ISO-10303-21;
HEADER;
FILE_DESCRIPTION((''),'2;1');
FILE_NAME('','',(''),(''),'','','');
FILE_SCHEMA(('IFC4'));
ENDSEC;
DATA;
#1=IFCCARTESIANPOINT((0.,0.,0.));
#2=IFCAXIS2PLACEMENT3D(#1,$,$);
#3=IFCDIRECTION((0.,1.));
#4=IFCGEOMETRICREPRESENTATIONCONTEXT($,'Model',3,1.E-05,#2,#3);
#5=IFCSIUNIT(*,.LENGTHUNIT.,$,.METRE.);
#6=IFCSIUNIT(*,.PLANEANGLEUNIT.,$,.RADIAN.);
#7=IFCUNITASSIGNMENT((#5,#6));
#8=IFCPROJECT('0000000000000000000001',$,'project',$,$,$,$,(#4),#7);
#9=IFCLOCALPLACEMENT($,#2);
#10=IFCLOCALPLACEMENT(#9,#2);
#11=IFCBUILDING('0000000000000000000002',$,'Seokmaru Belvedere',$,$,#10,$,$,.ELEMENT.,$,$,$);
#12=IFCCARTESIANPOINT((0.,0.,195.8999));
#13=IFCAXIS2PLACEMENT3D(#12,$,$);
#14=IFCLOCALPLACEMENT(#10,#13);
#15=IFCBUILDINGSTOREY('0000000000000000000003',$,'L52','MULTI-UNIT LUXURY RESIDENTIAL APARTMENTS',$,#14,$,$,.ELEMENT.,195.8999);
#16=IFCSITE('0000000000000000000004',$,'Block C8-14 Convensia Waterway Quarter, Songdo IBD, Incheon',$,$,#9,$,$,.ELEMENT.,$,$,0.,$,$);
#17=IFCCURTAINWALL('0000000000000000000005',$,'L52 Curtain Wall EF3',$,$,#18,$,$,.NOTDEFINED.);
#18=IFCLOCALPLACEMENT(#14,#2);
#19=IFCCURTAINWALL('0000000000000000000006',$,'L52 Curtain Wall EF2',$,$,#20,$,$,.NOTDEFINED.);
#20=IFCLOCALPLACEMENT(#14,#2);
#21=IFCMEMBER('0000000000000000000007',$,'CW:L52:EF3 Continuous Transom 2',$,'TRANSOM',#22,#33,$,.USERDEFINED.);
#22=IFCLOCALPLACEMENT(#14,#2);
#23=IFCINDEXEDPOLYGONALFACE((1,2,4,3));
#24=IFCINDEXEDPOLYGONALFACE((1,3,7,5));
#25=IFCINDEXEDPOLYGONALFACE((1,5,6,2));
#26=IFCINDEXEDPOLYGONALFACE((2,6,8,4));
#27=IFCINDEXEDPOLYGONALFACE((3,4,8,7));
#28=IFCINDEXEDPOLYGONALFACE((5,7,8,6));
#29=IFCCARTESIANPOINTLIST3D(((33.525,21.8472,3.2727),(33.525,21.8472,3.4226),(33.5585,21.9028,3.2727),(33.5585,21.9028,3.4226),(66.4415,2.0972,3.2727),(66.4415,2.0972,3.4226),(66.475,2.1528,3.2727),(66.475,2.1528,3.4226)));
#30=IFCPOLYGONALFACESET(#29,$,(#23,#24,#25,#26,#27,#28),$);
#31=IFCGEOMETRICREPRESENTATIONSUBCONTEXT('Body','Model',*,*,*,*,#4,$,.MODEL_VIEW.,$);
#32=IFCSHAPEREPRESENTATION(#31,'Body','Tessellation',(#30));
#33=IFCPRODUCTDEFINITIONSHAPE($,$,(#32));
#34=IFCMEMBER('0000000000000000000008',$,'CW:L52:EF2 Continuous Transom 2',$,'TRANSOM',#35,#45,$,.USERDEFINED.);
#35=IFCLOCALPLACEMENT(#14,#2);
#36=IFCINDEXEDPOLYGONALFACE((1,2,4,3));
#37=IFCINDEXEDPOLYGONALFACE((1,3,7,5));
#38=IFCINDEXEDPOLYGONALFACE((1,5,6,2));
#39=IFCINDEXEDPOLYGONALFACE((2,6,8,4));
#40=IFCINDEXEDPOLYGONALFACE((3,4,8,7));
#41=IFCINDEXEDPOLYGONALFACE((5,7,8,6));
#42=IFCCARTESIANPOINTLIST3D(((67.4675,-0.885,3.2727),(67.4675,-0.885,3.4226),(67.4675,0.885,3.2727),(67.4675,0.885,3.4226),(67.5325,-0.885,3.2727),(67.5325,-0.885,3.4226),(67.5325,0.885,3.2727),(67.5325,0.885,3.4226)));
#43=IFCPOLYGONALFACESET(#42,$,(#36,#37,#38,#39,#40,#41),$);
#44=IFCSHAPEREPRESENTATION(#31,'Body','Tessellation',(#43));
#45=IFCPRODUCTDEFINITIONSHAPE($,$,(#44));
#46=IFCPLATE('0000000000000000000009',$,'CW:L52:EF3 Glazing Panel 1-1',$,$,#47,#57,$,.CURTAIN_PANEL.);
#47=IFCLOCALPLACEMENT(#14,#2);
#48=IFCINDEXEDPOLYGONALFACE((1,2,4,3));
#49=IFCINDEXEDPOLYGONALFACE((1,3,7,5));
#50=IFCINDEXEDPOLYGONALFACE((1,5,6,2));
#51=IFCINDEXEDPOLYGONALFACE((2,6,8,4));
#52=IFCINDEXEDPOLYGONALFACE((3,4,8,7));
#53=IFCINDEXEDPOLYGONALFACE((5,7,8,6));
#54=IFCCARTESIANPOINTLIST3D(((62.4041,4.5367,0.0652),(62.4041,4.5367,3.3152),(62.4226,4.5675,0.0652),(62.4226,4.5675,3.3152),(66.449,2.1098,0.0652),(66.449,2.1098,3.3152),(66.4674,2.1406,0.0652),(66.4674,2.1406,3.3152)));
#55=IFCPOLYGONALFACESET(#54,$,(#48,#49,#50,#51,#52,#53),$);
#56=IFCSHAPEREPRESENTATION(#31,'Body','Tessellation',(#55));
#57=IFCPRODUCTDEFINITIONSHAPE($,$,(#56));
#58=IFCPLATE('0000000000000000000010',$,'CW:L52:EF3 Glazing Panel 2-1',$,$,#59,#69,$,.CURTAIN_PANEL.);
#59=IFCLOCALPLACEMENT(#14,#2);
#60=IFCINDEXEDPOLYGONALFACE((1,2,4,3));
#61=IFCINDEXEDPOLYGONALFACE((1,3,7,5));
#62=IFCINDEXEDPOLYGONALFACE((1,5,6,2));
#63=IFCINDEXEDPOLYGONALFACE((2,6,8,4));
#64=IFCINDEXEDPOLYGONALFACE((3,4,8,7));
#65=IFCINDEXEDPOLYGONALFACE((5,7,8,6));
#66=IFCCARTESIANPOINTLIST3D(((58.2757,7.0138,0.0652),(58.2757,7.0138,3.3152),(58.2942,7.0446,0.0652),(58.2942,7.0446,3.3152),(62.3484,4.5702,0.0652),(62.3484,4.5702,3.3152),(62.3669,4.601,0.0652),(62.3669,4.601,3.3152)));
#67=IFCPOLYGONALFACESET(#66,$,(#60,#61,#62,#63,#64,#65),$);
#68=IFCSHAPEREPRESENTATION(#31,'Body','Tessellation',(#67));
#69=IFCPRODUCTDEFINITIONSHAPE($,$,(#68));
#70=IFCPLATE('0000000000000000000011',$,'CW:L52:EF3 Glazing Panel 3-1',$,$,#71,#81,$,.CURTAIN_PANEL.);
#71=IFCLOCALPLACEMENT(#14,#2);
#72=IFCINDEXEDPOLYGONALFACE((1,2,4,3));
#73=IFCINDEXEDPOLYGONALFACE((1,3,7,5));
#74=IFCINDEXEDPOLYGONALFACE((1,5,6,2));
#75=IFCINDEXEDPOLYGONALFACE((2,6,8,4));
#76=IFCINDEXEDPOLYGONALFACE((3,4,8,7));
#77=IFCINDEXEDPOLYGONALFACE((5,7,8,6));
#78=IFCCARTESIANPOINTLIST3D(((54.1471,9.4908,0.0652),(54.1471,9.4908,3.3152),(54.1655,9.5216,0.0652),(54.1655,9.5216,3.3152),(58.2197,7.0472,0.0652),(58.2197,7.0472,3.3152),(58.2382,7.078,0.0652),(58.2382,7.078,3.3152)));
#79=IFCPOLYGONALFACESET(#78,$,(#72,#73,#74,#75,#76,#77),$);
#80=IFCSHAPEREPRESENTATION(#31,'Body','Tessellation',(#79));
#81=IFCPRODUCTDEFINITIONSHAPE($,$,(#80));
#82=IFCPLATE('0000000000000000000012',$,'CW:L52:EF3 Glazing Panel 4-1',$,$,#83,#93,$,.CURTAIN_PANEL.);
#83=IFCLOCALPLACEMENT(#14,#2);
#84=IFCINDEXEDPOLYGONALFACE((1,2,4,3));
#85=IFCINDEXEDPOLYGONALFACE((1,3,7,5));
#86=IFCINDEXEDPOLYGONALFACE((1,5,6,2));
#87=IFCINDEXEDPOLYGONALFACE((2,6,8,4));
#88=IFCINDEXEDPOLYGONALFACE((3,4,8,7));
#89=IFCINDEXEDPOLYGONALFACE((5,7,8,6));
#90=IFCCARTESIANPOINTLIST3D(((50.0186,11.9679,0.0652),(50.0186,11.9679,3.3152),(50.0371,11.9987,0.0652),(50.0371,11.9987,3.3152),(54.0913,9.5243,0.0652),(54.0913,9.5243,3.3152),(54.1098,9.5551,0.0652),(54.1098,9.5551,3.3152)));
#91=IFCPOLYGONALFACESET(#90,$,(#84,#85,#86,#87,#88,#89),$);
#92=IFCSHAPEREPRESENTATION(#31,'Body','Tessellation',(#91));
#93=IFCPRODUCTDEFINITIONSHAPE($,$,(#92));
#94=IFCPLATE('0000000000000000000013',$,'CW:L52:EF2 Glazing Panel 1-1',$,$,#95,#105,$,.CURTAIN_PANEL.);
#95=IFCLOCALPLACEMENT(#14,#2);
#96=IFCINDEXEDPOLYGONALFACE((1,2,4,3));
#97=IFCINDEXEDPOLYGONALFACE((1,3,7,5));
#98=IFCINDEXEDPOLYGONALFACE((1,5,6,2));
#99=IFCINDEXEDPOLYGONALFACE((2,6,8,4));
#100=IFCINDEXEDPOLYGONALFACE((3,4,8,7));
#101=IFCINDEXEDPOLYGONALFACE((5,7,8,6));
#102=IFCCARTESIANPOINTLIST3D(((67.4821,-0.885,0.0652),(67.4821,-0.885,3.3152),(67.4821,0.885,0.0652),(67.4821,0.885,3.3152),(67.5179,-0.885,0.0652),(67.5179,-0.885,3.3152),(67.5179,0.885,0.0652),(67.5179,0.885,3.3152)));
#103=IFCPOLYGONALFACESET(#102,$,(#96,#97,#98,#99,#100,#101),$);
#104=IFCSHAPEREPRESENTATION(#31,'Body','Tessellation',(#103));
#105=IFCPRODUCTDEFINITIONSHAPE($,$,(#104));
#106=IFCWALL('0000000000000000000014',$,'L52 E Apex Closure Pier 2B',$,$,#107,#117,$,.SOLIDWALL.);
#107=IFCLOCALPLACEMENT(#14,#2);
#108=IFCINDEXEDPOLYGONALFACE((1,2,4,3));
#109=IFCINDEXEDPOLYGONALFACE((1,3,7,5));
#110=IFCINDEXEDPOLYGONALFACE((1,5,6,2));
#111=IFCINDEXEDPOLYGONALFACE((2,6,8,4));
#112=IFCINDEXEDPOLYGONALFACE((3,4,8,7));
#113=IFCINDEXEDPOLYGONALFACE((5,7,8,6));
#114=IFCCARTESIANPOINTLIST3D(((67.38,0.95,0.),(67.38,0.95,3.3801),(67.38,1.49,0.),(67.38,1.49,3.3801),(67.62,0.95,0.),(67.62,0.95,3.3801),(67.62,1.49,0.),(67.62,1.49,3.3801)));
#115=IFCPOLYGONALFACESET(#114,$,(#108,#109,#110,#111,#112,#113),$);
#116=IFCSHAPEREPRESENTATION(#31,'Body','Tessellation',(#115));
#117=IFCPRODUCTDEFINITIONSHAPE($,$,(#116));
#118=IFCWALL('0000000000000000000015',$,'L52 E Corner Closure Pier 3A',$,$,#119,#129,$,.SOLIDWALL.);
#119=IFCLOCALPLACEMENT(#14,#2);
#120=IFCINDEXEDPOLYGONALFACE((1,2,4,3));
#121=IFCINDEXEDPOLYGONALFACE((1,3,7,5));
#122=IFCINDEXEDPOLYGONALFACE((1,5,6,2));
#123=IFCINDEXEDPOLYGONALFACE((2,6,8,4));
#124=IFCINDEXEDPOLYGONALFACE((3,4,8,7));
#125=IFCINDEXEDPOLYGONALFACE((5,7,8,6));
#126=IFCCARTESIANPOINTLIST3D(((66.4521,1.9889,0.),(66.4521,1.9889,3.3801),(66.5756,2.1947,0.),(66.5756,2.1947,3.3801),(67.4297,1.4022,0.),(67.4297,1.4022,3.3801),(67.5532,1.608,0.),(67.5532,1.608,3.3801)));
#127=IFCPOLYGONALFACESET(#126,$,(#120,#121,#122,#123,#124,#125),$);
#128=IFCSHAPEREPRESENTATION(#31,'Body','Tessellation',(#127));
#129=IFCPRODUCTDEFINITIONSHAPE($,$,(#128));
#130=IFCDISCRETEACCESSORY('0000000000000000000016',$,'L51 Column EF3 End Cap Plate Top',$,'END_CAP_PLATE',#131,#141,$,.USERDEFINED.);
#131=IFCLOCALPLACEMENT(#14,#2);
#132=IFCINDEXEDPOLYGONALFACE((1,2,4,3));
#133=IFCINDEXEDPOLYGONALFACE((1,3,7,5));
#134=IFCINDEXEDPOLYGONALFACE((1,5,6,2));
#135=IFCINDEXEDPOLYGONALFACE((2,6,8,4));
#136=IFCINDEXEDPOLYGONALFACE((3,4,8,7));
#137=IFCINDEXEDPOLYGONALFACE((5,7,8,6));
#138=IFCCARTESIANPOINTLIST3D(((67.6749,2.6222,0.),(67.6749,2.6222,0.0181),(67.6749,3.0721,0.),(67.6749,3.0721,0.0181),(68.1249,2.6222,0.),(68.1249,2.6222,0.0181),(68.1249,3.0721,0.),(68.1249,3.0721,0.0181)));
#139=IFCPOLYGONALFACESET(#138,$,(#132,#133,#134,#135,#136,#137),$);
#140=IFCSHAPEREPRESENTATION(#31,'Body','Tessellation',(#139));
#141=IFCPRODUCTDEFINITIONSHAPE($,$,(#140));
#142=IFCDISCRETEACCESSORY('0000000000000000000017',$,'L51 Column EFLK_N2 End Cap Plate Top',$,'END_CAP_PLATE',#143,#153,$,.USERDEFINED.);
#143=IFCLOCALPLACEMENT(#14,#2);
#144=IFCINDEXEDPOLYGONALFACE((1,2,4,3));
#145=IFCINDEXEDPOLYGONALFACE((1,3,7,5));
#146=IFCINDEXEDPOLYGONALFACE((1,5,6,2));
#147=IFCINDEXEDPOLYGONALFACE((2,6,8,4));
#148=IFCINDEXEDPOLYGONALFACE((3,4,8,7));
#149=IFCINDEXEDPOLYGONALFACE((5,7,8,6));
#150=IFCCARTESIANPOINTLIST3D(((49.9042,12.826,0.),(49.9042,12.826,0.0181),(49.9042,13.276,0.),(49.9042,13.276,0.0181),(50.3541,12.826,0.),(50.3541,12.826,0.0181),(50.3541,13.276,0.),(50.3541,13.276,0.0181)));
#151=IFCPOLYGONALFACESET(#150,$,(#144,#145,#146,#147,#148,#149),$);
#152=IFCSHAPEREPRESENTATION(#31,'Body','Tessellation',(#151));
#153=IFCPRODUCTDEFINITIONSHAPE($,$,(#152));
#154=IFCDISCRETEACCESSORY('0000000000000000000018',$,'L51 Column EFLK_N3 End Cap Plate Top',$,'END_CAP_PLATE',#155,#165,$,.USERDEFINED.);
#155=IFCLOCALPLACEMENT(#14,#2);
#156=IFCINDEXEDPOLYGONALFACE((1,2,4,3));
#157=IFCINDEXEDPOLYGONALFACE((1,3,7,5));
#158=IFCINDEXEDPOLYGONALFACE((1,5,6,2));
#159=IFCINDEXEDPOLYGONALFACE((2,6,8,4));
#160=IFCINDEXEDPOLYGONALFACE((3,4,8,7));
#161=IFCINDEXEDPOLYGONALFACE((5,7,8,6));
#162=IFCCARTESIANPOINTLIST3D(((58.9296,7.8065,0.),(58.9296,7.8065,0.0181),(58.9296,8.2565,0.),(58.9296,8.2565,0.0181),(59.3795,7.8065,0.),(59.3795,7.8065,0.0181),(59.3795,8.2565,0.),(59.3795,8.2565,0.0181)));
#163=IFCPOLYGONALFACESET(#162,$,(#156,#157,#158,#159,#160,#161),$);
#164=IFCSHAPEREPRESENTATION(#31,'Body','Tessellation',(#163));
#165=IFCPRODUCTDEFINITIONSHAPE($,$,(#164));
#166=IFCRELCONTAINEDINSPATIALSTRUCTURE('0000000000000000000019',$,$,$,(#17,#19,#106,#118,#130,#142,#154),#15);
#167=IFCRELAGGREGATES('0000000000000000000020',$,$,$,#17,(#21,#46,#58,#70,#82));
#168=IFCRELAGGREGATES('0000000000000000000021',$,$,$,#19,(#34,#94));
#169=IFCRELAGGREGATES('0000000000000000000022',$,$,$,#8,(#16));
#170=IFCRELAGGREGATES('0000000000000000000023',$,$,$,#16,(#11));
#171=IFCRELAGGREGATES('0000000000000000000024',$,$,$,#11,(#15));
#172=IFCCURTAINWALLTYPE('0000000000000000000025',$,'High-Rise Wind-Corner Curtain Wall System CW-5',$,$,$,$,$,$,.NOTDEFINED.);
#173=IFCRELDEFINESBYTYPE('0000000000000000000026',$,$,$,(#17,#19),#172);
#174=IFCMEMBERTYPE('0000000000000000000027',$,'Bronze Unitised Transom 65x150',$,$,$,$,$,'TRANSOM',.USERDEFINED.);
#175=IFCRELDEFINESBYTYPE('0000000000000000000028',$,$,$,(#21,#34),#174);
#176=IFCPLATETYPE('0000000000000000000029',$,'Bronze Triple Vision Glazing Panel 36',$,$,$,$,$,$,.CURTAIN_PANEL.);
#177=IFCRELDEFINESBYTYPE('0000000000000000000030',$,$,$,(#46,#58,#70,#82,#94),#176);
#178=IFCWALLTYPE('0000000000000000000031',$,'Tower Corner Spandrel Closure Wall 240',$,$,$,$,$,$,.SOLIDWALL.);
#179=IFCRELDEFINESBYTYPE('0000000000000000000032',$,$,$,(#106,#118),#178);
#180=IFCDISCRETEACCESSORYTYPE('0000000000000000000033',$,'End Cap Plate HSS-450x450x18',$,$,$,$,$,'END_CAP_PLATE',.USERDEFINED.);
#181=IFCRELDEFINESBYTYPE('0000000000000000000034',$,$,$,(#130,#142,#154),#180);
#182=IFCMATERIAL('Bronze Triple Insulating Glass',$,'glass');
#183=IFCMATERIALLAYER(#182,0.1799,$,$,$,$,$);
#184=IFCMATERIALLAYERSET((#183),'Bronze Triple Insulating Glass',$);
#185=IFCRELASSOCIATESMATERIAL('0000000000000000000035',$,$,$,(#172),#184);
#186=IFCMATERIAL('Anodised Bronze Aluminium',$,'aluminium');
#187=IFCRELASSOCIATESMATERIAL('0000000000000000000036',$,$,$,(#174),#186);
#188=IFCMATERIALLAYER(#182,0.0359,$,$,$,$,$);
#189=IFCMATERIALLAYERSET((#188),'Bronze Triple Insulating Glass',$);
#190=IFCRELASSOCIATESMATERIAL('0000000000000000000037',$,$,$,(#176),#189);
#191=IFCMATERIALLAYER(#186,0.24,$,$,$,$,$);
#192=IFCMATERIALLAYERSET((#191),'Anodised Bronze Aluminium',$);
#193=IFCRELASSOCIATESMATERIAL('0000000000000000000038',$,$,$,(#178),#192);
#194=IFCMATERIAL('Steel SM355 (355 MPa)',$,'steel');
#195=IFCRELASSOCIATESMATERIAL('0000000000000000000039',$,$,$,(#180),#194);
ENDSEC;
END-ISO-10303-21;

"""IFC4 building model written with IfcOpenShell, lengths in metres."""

from ifc_helpers import new_model, si_unit, direction, frame, frame_2d, origin, origin_2d, place, context, subcontext, project, spatial, rectangle, extrude, source, transform, mapped, material, layer, layer_set, material_profile, profile_set, type_object, type_shapes, element, aggregate, save


model = new_model("IFC4")

# Units and contexts
model_context = context("Model", 3, precision=1e-05, world=origin(), true_north=direction((0.0, 1.0)))
body_context = subcontext(model_context, "Body", "Model", "MODEL_VIEW")
ifc_project = project(units=[si_unit("LENGTHUNIT", "METRE"), si_unit("PLANEANGLEUNIT", "RADIAN")], contexts=[model_context])

# Site, building, storey
site_placement = place(None, origin())
site = spatial("IfcSite", under=ifc_project, at=site_placement, Name="Block C8-14 Convensia Waterway Quarter, Songdo IBD, Incheon", CompositionType="ELEMENT", RefElevation=0.0)
building_placement = place(site_placement, origin())
building = spatial("IfcBuilding", under=site, at=building_placement, Name="Seokmaru Belvedere", CompositionType="ELEMENT")
storey_placement = place(building_placement, frame((0.0, 0.0, 195.8999)))
storey = spatial("IfcBuildingStorey", under=building, at=storey_placement, Name="L52", Description="MULTI-UNIT LUXURY RESIDENTIAL APARTMENTS", CompositionType="ELEMENT", Elevation=195.8999)

# Shared definitions
ifc_material_1 = material(Name="Steel SM355 (355 MPa)", Category="steel")

# Curtain wall
ifc_material_2 = material(Name="Bronze Triple Insulating Glass", Category="glass")
ifc_layer_1 = layer(ifc_material_2, 0.1799)
ifc_layer_set_1 = layer_set([ifc_layer_1], Name="Bronze Triple Insulating Glass")
curtain_wall_type = type_object("IfcCurtainWallType", Name="High-Rise Wind-Corner Curtain Wall System CW-5", PredefinedType="NOTDEFINED", material=ifc_layer_set_1)
curtain_wall_1_placement = place(storey_placement, origin())
curtain_wall_1 = element("IfcCurtainWall", 1, at=curtain_wall_1_placement, inside=storey, type_object=curtain_wall_type, Name="L52 Curtain Wall EF3", PredefinedType="NOTDEFINED")
ifc_material_3 = material(Name="Anodised Bronze Aluminium", Category="aluminium")

# Curtain wall
curtain_wall_2_placement = place(storey_placement, origin())
curtain_wall_2 = element("IfcCurtainWall", 2, at=curtain_wall_2_placement, inside=storey, type_object=curtain_wall_type, Name="L52 Curtain Wall EF2", PredefinedType="NOTDEFINED")

# Members
ifc_material_profile_1 = material_profile(ifc_material_3, rectangle(XDim=0.0649, YDim=0.1499, at=origin_2d()), Name="CW-T-65x150")
ifc_profile_set_1 = profile_set([ifc_material_profile_1], Name="Anodised Bronze Aluminium")
member_type_1 = type_object("IfcMemberType", Name="Bronze Unitised Transom 65x150", ElementType="TRANSOM", PredefinedType="USERDEFINED", material=ifc_profile_set_1)
shared_shape_1 = source(origin(), body_context, "Body", "SweptSolid", [
    extrude(rectangle(XDim=0.0649, YDim=0.1499, at=origin_2d()), origin(), (0.0, 0.0, 1.0), 38.387),
])
member_1_placement = place(storey_placement, frame((66.4583, 2.125, 3.3477), z_axis=(-0.857492, 0.514498, 0.0), x_axis=(-0.514498, -0.857492, 0.0)))
member_1 = element("IfcMember", 3, at=member_1_placement, type_object=member_type_1, Name="CW:L52:EF3 Continuous Transom 2", ObjectType="TRANSOM", PredefinedType="USERDEFINED", context=body_context, shape_type="MappedRepresentation", body=[
    mapped(shared_shape_1, transform((0.0, 0.0, 0.0), scale=1.0)),
])
shared_shape_2 = source(origin(), body_context, "Body", "SweptSolid", [
    extrude(rectangle(XDim=0.0649, YDim=0.1499, at=origin_2d()), origin(), (0.0, 0.0, 1.0), 1.77),
])
type_shapes(member_type_1, [shared_shape_1, shared_shape_2])
member_2_placement = place(storey_placement, frame((67.5, -0.885, 3.3477), z_axis=(0.0, 1.0, 0.0), x_axis=(-1.0, 0.0, 0.0)))
member_2 = element("IfcMember", 4, at=member_2_placement, type_object=member_type_1, Name="CW:L52:EF2 Continuous Transom 2", ObjectType="TRANSOM", PredefinedType="USERDEFINED", context=body_context, shape_type="MappedRepresentation", body=[
    mapped(shared_shape_2, transform((0.0, 0.0, 0.0), scale=1.0)),
])

# Plates
ifc_layer_2 = layer(ifc_material_2, 0.0359)
ifc_layer_set_2 = layer_set([ifc_layer_2], Name="Bronze Triple Insulating Glass")
plate_type = type_object("IfcPlateType", Name="Bronze Triple Vision Glazing Panel 36", PredefinedType="CURTAIN_PANEL", material=ifc_layer_set_2)
shared_shape_3 = source(origin(), body_context, "Body", "SweptSolid", [
    extrude(rectangle(XDim=4.717, YDim=0.0359, at=origin_2d()), origin(), (0.0, 0.0, 1.0), 3.25),
])
plate_1_placement = place(storey_placement, frame((64.4358, 3.3386, 0.0652), z_axis=(0.0, 0.0, 1.0), x_axis=(-0.857493, 0.514495, 0.0)))
plate_1 = element("IfcPlate", 5, at=plate_1_placement, type_object=plate_type, Name="CW:L52:EF3 Glazing Panel 1-1", PredefinedType="CURTAIN_PANEL", context=body_context, shape_type="MappedRepresentation", body=[
    mapped(shared_shape_3, transform((0.0, 0.0, 0.0), scale=1.0)),
])
shared_shape_4 = source(origin(), body_context, "Body", "SweptSolid", [
    extrude(rectangle(XDim=4.7495, YDim=0.0359, at=origin_2d()), origin(), (0.0, 0.0, 1.0), 3.25),
])
plate_2_placement = place(storey_placement, frame((60.3213, 5.8074, 0.0652), z_axis=(0.0, 0.0, 1.0), x_axis=(-0.857493, 0.514495, 0.0)))
plate_2 = element("IfcPlate", 6, at=plate_2_placement, type_object=plate_type, Name="CW:L52:EF3 Glazing Panel 2-1", PredefinedType="CURTAIN_PANEL", context=body_context, shape_type="MappedRepresentation", body=[
    mapped(shared_shape_4, transform((0.0, 0.0, 0.0), scale=1.0)),
])
plate_3_placement = place(storey_placement, frame((56.1926, 8.2844, 0.0652), z_axis=(0.0, 0.0, 1.0), x_axis=(-0.857493, 0.514495, 0.0)))
plate_3 = element("IfcPlate", 7, at=plate_3_placement, type_object=plate_type, Name="CW:L52:EF3 Glazing Panel 3-1", PredefinedType="CURTAIN_PANEL", context=body_context, shape_type="MappedRepresentation", body=[
    mapped(shared_shape_4, transform((0.0, 0.0, 0.0), scale=1.0)),
])
plate_4_placement = place(storey_placement, frame((52.0642, 10.7615, 0.0652), z_axis=(0.0, 0.0, 1.0), x_axis=(-0.857493, 0.514495, 0.0)))
plate_4 = element("IfcPlate", 8, at=plate_4_placement, type_object=plate_type, Name="CW:L52:EF3 Glazing Panel 4-1", PredefinedType="CURTAIN_PANEL", context=body_context, shape_type="MappedRepresentation", body=[
    mapped(shared_shape_4, transform((0.0, 0.0, 0.0), scale=1.0)),
])
aggregate(curtain_wall_1, [member_1, plate_1, plate_2, plate_3, plate_4])
shared_shape_5 = source(origin(), body_context, "Body", "SweptSolid", [
    extrude(rectangle(XDim=1.77, YDim=0.0359, at=origin_2d()), origin(), (0.0, 0.0, 1.0), 3.25),
])
type_shapes(plate_type, [shared_shape_3, shared_shape_4, shared_shape_5])
plate_5_placement = place(storey_placement, frame((67.5, 0.0, 0.0652), z_axis=(0.0, 0.0, 1.0), x_axis=(0.0, 1.0, 0.0)))
plate_5 = element("IfcPlate", 9, at=plate_5_placement, type_object=plate_type, Name="CW:L52:EF2 Glazing Panel 1-1", PredefinedType="CURTAIN_PANEL", context=body_context, shape_type="MappedRepresentation", body=[
    mapped(shared_shape_5, transform((0.0, 0.0, 0.0), scale=1.0)),
])
aggregate(curtain_wall_2, [member_2, plate_5])

# Walls
ifc_layer_3 = layer(ifc_material_3, 0.24)
ifc_layer_set_3 = layer_set([ifc_layer_3], Name="Anodised Bronze Aluminium")
wall_type = type_object("IfcWallType", Name="Tower Corner Spandrel Closure Wall 240", PredefinedType="SOLIDWALL", material=ifc_layer_set_3)
wall_1_placement = place(storey_placement, frame((67.5, 0.95, 0.0), z_axis=(0.0, 0.0, 1.0), x_axis=(0.0, 1.0, 0.0)))
element("IfcWall", 10, at=wall_1_placement, inside=storey, type_object=wall_type, Name="L52 E Apex Closure Pier 2B", PredefinedType="SOLIDWALL", context=body_context, shape_type="SweptSolid", body=[
    extrude(rectangle(XDim=0.54, YDim=0.24, at=frame_2d((0.27, 0.0))), origin(), (0.0, 0.0, 1.0), 3.3801),
])
wall_2_placement = place(storey_placement, frame((67.4915, 1.5051, 0.0), z_axis=(0.0, 0.0, 1.0), x_axis=(-0.857436, 0.51459, 0.0)))
element("IfcWall", 11, at=wall_2_placement, inside=storey, type_object=wall_type, Name="L52 E Corner Closure Pier 3A", PredefinedType="SOLIDWALL", context=body_context, shape_type="SweptSolid", body=[
    extrude(rectangle(XDim=1.1401, YDim=0.24, at=frame_2d((0.5701, 0.0))), origin(), (0.0, 0.0, 1.0), 3.3801),
])

# Discrete accessories
discrete_accessory_type = type_object("IfcDiscreteAccessoryType", Name="End Cap Plate HSS-450x450x18", ElementType="END_CAP_PLATE", PredefinedType="USERDEFINED", material=ifc_material_1)
shared_shape_6 = source(origin(), body_context, "Body", "SweptSolid", [
    extrude(rectangle(XDim=0.45, YDim=0.45, at=origin_2d()), origin(), (0.0, 0.0, 1.0), 0.0181),
])
type_shapes(discrete_accessory_type, [shared_shape_6])
for number, where, z_axis, x_axis, name in (
    (12, (67.8999, 2.8472, 0.0), (0.0, 0.0, 1.0), (1.0, 0.0, 0.0), "L51 Column EF3 End Cap Plate Top"),
    (13, (50.1292, 13.051, 0.0), (0.0, 0.0, 1.0), (1.0, 0.0, 0.0), "L51 Column EFLK_N2 End Cap Plate Top"),
    (14, (59.1545, 8.0315, 0.0), (0.0, 0.0, 1.0), (1.0, 0.0, 0.0), "L51 Column EFLK_N3 End Cap Plate Top"),
):
    element("IfcDiscreteAccessory", number, at=place(storey_placement, frame(where, z_axis=z_axis, x_axis=x_axis)), inside=storey, type_object=discrete_accessory_type, Name=name, ObjectType="END_CAP_PLATE", PredefinedType="USERDEFINED", context=body_context, shape_type="MappedRepresentation", body=[
        mapped(shared_shape_6, transform((0.0, 0.0, 0.0), scale=1.0)),
    ])

save(model, "model.ifc")
